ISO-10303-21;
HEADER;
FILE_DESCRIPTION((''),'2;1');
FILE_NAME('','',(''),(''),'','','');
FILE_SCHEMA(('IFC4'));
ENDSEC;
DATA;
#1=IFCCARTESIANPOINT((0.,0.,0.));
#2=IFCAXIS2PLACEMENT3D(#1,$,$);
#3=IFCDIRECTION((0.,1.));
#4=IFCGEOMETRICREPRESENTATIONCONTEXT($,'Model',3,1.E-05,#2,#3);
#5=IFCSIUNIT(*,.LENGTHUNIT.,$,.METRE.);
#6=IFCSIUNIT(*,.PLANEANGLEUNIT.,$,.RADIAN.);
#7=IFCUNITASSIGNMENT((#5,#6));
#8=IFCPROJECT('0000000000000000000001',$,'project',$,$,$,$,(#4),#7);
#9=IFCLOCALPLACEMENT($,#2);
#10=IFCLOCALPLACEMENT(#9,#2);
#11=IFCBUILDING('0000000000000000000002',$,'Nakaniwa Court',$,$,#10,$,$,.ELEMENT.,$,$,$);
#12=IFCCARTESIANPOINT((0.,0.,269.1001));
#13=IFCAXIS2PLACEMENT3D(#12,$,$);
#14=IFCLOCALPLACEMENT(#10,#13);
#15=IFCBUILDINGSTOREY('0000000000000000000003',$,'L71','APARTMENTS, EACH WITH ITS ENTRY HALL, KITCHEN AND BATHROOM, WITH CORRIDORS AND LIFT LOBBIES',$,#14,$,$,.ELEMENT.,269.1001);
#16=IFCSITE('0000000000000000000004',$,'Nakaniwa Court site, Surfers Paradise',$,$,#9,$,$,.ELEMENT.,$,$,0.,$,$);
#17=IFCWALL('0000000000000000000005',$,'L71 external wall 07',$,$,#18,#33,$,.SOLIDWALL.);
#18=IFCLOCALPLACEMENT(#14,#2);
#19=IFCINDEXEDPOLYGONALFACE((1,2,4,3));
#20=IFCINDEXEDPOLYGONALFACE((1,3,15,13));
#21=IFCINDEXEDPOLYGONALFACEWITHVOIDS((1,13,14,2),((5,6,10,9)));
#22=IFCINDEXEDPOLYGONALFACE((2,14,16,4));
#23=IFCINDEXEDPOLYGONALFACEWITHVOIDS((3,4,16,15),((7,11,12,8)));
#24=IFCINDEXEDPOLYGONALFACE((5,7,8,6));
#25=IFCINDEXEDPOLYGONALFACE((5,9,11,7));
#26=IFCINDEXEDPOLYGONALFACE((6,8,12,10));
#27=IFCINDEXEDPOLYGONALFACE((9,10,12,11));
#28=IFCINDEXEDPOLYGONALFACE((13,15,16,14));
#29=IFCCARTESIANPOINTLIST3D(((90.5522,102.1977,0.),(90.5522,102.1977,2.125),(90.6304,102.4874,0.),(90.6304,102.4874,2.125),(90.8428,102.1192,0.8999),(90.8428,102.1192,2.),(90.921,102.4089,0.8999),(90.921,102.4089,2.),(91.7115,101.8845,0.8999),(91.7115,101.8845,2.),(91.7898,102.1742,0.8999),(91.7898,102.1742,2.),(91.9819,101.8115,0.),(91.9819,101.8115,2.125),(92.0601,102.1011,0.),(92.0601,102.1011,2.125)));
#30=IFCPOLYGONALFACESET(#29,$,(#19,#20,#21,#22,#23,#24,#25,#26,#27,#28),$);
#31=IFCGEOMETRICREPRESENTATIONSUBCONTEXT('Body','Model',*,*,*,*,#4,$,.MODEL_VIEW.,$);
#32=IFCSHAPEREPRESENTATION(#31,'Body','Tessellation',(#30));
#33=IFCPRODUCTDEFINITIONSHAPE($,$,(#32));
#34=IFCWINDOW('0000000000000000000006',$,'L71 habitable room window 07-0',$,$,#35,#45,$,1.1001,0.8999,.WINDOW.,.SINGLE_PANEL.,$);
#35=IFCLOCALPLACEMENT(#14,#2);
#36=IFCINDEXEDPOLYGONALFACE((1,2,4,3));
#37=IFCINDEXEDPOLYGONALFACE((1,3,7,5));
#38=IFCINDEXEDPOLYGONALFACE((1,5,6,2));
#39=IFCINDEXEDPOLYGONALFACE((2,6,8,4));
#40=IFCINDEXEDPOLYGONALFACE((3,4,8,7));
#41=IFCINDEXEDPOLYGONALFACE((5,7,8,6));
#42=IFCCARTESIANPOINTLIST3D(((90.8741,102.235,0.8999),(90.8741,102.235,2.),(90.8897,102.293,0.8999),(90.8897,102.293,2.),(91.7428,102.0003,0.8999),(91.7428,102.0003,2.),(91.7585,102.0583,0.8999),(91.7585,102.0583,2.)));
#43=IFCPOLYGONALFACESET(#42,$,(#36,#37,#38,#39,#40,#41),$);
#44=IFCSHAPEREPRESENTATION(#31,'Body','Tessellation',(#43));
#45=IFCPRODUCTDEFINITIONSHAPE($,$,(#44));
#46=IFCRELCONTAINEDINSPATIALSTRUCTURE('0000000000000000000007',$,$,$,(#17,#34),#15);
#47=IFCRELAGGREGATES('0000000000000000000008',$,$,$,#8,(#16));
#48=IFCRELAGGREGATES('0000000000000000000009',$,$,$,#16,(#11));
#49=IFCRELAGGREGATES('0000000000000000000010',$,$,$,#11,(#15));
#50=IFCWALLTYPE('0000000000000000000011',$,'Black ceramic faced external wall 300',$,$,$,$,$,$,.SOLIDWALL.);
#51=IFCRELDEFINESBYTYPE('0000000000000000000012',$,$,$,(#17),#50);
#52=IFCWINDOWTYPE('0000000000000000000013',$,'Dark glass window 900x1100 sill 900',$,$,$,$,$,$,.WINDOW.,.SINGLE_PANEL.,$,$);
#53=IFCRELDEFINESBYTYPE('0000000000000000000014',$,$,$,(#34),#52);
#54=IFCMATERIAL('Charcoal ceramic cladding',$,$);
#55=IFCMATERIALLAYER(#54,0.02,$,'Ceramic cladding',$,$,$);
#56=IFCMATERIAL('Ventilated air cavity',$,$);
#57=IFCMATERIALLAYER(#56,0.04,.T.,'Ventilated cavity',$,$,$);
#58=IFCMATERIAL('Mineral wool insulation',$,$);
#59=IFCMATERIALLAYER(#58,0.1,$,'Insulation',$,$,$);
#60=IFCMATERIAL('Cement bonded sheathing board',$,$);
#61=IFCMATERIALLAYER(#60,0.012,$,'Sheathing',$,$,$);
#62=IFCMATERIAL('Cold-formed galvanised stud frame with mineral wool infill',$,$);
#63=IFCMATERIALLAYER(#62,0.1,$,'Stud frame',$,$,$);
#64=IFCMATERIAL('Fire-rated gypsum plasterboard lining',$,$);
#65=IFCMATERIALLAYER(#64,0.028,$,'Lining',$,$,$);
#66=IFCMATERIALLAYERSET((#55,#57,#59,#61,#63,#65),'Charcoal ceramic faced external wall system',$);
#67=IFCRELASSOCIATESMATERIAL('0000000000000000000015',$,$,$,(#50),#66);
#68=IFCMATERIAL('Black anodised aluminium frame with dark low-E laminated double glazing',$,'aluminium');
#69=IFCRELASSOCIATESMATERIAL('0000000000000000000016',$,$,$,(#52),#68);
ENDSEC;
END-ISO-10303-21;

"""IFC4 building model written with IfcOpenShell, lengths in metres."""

from ifc_helpers import new_model, si_unit, direction, frame, frame_2d, origin, place, context, subcontext, project, spatial, rectangle, extrude, material, layer, layer_set, type_object, element, fill, save


model = new_model("IFC4")

# Units and contexts
model_context = context("Model", 3, precision=1e-05, world=origin(), true_north=direction((0.0, 1.0)))
body_context = subcontext(model_context, "Body", "Model", "MODEL_VIEW")
ifc_project = project(units=[si_unit("LENGTHUNIT", "METRE"), si_unit("PLANEANGLEUNIT", "RADIAN")], contexts=[model_context])

# Site, building, storey
site_placement = place(None, origin())
site = spatial("IfcSite", under=ifc_project, at=site_placement, Name="Nakaniwa Court site, Surfers Paradise", CompositionType="ELEMENT", RefElevation=0.0)
building_placement = place(site_placement, origin())
building = spatial("IfcBuilding", under=site, at=building_placement, Name="Nakaniwa Court", CompositionType="ELEMENT")
storey_placement = place(building_placement, frame((0.0, 0.0, 269.1001)))
storey = spatial("IfcBuildingStorey", under=building, at=storey_placement, Name="L71", Description="APARTMENTS, EACH WITH ITS ENTRY HALL, KITCHEN AND BATHROOM, WITH CORRIDORS AND LIFT LOBBIES", CompositionType="ELEMENT", Elevation=269.1001)

# Wall, opening, window
ifc_material_1 = material(Name="Charcoal ceramic cladding")
ifc_layer_1 = layer(ifc_material_1, 0.02, Name="Ceramic cladding")
ifc_material_2 = material(Name="Ventilated air cavity")
ifc_layer_2 = layer(ifc_material_2, 0.04, ventilated=True, Name="Ventilated cavity")
ifc_material_3 = material(Name="Mineral wool insulation")
ifc_layer_3 = layer(ifc_material_3, 0.1, Name="Insulation")
ifc_material_4 = material(Name="Cement bonded sheathing board")
ifc_layer_4 = layer(ifc_material_4, 0.012, Name="Sheathing")
ifc_material_5 = material(Name="Cold-formed galvanised stud frame with mineral wool infill")
ifc_layer_5 = layer(ifc_material_5, 0.1, Name="Stud frame")
ifc_material_6 = material(Name="Fire-rated gypsum plasterboard lining")
ifc_layer_6 = layer(ifc_material_6, 0.028, Name="Lining")
ifc_layer_set_1 = layer_set([ifc_layer_1, ifc_layer_2, ifc_layer_3, ifc_layer_4, ifc_layer_5, ifc_layer_6], Name="Charcoal ceramic faced external wall system")
wall_type_1 = type_object("IfcWallType", Name="Black ceramic faced external wall 300", PredefinedType="SOLIDWALL", material=ifc_layer_set_1)
ifc_material_7 = material(Name="Black anodised aluminium frame with dark low-E laminated double glazing", Category="aluminium")
window_type_1 = type_object("IfcWindowType", Name="Dark glass window 900x1100 sill 900", PartitioningType="SINGLE_PANEL", PredefinedType="WINDOW", material=ifc_material_7)
wall_1_placement = place(storey_placement, frame((92.021, 101.9563, 0.0), z_axis=(0.0, 0.0, 1.0), x_axis=(-0.965393, 0.260801, 0.0)))
wall_1 = element("IfcWall", 1, at=wall_1_placement, inside=storey, type_object=wall_type_1, Name="L71 external wall 07", PredefinedType="SOLIDWALL", context=body_context, shape_type="SweptSolid", body=[
    extrude(rectangle(XDim=1.481, YDim=0.3, at=frame_2d((0.7405, 0.0))), origin(), (0.0, 0.0, 1.0), 2.125),
])
opening_1_placement = place(wall_1_placement, frame((0.28, 0.0, 0.8999)))
opening_1 = element("IfcOpeningElement", 2, at=opening_1_placement, cuts=wall_1, PredefinedType="OPENING", context=body_context, shape_type="SweptSolid", body=[
    extrude(rectangle(XDim=0.8999, YDim=1.1001, at=frame_2d((0.45, 0.55))), frame((0.0, 0.1599, 0.0), z_axis=(0.0, -1.0, 0.0), x_axis=(1.0, 0.0, 0.0)), (0.0, 0.0, 1.0), 0.3201),
])
window_1_placement = place(opening_1_placement, origin())
window_1 = element("IfcWindow", 3, at=window_1_placement, inside=storey, type_object=window_type_1, Name="L71 habitable room window 07-0", OverallHeight=1.1001, OverallWidth=0.8999, PartitioningType="SINGLE_PANEL", PredefinedType="WINDOW", context=body_context, shape_type="SweptSolid", body=[
    extrude(rectangle(XDim=0.8999, YDim=1.1001, at=frame_2d((0.45, 0.55))), frame((0.0, 0.03, 0.0), z_axis=(0.0, -1.0, 0.0), x_axis=(1.0, 0.0, 0.0)), (0.0, 0.0, 1.0), 0.0601),
])
fill(opening_1, window_1)

save(model, "model.ifc")
